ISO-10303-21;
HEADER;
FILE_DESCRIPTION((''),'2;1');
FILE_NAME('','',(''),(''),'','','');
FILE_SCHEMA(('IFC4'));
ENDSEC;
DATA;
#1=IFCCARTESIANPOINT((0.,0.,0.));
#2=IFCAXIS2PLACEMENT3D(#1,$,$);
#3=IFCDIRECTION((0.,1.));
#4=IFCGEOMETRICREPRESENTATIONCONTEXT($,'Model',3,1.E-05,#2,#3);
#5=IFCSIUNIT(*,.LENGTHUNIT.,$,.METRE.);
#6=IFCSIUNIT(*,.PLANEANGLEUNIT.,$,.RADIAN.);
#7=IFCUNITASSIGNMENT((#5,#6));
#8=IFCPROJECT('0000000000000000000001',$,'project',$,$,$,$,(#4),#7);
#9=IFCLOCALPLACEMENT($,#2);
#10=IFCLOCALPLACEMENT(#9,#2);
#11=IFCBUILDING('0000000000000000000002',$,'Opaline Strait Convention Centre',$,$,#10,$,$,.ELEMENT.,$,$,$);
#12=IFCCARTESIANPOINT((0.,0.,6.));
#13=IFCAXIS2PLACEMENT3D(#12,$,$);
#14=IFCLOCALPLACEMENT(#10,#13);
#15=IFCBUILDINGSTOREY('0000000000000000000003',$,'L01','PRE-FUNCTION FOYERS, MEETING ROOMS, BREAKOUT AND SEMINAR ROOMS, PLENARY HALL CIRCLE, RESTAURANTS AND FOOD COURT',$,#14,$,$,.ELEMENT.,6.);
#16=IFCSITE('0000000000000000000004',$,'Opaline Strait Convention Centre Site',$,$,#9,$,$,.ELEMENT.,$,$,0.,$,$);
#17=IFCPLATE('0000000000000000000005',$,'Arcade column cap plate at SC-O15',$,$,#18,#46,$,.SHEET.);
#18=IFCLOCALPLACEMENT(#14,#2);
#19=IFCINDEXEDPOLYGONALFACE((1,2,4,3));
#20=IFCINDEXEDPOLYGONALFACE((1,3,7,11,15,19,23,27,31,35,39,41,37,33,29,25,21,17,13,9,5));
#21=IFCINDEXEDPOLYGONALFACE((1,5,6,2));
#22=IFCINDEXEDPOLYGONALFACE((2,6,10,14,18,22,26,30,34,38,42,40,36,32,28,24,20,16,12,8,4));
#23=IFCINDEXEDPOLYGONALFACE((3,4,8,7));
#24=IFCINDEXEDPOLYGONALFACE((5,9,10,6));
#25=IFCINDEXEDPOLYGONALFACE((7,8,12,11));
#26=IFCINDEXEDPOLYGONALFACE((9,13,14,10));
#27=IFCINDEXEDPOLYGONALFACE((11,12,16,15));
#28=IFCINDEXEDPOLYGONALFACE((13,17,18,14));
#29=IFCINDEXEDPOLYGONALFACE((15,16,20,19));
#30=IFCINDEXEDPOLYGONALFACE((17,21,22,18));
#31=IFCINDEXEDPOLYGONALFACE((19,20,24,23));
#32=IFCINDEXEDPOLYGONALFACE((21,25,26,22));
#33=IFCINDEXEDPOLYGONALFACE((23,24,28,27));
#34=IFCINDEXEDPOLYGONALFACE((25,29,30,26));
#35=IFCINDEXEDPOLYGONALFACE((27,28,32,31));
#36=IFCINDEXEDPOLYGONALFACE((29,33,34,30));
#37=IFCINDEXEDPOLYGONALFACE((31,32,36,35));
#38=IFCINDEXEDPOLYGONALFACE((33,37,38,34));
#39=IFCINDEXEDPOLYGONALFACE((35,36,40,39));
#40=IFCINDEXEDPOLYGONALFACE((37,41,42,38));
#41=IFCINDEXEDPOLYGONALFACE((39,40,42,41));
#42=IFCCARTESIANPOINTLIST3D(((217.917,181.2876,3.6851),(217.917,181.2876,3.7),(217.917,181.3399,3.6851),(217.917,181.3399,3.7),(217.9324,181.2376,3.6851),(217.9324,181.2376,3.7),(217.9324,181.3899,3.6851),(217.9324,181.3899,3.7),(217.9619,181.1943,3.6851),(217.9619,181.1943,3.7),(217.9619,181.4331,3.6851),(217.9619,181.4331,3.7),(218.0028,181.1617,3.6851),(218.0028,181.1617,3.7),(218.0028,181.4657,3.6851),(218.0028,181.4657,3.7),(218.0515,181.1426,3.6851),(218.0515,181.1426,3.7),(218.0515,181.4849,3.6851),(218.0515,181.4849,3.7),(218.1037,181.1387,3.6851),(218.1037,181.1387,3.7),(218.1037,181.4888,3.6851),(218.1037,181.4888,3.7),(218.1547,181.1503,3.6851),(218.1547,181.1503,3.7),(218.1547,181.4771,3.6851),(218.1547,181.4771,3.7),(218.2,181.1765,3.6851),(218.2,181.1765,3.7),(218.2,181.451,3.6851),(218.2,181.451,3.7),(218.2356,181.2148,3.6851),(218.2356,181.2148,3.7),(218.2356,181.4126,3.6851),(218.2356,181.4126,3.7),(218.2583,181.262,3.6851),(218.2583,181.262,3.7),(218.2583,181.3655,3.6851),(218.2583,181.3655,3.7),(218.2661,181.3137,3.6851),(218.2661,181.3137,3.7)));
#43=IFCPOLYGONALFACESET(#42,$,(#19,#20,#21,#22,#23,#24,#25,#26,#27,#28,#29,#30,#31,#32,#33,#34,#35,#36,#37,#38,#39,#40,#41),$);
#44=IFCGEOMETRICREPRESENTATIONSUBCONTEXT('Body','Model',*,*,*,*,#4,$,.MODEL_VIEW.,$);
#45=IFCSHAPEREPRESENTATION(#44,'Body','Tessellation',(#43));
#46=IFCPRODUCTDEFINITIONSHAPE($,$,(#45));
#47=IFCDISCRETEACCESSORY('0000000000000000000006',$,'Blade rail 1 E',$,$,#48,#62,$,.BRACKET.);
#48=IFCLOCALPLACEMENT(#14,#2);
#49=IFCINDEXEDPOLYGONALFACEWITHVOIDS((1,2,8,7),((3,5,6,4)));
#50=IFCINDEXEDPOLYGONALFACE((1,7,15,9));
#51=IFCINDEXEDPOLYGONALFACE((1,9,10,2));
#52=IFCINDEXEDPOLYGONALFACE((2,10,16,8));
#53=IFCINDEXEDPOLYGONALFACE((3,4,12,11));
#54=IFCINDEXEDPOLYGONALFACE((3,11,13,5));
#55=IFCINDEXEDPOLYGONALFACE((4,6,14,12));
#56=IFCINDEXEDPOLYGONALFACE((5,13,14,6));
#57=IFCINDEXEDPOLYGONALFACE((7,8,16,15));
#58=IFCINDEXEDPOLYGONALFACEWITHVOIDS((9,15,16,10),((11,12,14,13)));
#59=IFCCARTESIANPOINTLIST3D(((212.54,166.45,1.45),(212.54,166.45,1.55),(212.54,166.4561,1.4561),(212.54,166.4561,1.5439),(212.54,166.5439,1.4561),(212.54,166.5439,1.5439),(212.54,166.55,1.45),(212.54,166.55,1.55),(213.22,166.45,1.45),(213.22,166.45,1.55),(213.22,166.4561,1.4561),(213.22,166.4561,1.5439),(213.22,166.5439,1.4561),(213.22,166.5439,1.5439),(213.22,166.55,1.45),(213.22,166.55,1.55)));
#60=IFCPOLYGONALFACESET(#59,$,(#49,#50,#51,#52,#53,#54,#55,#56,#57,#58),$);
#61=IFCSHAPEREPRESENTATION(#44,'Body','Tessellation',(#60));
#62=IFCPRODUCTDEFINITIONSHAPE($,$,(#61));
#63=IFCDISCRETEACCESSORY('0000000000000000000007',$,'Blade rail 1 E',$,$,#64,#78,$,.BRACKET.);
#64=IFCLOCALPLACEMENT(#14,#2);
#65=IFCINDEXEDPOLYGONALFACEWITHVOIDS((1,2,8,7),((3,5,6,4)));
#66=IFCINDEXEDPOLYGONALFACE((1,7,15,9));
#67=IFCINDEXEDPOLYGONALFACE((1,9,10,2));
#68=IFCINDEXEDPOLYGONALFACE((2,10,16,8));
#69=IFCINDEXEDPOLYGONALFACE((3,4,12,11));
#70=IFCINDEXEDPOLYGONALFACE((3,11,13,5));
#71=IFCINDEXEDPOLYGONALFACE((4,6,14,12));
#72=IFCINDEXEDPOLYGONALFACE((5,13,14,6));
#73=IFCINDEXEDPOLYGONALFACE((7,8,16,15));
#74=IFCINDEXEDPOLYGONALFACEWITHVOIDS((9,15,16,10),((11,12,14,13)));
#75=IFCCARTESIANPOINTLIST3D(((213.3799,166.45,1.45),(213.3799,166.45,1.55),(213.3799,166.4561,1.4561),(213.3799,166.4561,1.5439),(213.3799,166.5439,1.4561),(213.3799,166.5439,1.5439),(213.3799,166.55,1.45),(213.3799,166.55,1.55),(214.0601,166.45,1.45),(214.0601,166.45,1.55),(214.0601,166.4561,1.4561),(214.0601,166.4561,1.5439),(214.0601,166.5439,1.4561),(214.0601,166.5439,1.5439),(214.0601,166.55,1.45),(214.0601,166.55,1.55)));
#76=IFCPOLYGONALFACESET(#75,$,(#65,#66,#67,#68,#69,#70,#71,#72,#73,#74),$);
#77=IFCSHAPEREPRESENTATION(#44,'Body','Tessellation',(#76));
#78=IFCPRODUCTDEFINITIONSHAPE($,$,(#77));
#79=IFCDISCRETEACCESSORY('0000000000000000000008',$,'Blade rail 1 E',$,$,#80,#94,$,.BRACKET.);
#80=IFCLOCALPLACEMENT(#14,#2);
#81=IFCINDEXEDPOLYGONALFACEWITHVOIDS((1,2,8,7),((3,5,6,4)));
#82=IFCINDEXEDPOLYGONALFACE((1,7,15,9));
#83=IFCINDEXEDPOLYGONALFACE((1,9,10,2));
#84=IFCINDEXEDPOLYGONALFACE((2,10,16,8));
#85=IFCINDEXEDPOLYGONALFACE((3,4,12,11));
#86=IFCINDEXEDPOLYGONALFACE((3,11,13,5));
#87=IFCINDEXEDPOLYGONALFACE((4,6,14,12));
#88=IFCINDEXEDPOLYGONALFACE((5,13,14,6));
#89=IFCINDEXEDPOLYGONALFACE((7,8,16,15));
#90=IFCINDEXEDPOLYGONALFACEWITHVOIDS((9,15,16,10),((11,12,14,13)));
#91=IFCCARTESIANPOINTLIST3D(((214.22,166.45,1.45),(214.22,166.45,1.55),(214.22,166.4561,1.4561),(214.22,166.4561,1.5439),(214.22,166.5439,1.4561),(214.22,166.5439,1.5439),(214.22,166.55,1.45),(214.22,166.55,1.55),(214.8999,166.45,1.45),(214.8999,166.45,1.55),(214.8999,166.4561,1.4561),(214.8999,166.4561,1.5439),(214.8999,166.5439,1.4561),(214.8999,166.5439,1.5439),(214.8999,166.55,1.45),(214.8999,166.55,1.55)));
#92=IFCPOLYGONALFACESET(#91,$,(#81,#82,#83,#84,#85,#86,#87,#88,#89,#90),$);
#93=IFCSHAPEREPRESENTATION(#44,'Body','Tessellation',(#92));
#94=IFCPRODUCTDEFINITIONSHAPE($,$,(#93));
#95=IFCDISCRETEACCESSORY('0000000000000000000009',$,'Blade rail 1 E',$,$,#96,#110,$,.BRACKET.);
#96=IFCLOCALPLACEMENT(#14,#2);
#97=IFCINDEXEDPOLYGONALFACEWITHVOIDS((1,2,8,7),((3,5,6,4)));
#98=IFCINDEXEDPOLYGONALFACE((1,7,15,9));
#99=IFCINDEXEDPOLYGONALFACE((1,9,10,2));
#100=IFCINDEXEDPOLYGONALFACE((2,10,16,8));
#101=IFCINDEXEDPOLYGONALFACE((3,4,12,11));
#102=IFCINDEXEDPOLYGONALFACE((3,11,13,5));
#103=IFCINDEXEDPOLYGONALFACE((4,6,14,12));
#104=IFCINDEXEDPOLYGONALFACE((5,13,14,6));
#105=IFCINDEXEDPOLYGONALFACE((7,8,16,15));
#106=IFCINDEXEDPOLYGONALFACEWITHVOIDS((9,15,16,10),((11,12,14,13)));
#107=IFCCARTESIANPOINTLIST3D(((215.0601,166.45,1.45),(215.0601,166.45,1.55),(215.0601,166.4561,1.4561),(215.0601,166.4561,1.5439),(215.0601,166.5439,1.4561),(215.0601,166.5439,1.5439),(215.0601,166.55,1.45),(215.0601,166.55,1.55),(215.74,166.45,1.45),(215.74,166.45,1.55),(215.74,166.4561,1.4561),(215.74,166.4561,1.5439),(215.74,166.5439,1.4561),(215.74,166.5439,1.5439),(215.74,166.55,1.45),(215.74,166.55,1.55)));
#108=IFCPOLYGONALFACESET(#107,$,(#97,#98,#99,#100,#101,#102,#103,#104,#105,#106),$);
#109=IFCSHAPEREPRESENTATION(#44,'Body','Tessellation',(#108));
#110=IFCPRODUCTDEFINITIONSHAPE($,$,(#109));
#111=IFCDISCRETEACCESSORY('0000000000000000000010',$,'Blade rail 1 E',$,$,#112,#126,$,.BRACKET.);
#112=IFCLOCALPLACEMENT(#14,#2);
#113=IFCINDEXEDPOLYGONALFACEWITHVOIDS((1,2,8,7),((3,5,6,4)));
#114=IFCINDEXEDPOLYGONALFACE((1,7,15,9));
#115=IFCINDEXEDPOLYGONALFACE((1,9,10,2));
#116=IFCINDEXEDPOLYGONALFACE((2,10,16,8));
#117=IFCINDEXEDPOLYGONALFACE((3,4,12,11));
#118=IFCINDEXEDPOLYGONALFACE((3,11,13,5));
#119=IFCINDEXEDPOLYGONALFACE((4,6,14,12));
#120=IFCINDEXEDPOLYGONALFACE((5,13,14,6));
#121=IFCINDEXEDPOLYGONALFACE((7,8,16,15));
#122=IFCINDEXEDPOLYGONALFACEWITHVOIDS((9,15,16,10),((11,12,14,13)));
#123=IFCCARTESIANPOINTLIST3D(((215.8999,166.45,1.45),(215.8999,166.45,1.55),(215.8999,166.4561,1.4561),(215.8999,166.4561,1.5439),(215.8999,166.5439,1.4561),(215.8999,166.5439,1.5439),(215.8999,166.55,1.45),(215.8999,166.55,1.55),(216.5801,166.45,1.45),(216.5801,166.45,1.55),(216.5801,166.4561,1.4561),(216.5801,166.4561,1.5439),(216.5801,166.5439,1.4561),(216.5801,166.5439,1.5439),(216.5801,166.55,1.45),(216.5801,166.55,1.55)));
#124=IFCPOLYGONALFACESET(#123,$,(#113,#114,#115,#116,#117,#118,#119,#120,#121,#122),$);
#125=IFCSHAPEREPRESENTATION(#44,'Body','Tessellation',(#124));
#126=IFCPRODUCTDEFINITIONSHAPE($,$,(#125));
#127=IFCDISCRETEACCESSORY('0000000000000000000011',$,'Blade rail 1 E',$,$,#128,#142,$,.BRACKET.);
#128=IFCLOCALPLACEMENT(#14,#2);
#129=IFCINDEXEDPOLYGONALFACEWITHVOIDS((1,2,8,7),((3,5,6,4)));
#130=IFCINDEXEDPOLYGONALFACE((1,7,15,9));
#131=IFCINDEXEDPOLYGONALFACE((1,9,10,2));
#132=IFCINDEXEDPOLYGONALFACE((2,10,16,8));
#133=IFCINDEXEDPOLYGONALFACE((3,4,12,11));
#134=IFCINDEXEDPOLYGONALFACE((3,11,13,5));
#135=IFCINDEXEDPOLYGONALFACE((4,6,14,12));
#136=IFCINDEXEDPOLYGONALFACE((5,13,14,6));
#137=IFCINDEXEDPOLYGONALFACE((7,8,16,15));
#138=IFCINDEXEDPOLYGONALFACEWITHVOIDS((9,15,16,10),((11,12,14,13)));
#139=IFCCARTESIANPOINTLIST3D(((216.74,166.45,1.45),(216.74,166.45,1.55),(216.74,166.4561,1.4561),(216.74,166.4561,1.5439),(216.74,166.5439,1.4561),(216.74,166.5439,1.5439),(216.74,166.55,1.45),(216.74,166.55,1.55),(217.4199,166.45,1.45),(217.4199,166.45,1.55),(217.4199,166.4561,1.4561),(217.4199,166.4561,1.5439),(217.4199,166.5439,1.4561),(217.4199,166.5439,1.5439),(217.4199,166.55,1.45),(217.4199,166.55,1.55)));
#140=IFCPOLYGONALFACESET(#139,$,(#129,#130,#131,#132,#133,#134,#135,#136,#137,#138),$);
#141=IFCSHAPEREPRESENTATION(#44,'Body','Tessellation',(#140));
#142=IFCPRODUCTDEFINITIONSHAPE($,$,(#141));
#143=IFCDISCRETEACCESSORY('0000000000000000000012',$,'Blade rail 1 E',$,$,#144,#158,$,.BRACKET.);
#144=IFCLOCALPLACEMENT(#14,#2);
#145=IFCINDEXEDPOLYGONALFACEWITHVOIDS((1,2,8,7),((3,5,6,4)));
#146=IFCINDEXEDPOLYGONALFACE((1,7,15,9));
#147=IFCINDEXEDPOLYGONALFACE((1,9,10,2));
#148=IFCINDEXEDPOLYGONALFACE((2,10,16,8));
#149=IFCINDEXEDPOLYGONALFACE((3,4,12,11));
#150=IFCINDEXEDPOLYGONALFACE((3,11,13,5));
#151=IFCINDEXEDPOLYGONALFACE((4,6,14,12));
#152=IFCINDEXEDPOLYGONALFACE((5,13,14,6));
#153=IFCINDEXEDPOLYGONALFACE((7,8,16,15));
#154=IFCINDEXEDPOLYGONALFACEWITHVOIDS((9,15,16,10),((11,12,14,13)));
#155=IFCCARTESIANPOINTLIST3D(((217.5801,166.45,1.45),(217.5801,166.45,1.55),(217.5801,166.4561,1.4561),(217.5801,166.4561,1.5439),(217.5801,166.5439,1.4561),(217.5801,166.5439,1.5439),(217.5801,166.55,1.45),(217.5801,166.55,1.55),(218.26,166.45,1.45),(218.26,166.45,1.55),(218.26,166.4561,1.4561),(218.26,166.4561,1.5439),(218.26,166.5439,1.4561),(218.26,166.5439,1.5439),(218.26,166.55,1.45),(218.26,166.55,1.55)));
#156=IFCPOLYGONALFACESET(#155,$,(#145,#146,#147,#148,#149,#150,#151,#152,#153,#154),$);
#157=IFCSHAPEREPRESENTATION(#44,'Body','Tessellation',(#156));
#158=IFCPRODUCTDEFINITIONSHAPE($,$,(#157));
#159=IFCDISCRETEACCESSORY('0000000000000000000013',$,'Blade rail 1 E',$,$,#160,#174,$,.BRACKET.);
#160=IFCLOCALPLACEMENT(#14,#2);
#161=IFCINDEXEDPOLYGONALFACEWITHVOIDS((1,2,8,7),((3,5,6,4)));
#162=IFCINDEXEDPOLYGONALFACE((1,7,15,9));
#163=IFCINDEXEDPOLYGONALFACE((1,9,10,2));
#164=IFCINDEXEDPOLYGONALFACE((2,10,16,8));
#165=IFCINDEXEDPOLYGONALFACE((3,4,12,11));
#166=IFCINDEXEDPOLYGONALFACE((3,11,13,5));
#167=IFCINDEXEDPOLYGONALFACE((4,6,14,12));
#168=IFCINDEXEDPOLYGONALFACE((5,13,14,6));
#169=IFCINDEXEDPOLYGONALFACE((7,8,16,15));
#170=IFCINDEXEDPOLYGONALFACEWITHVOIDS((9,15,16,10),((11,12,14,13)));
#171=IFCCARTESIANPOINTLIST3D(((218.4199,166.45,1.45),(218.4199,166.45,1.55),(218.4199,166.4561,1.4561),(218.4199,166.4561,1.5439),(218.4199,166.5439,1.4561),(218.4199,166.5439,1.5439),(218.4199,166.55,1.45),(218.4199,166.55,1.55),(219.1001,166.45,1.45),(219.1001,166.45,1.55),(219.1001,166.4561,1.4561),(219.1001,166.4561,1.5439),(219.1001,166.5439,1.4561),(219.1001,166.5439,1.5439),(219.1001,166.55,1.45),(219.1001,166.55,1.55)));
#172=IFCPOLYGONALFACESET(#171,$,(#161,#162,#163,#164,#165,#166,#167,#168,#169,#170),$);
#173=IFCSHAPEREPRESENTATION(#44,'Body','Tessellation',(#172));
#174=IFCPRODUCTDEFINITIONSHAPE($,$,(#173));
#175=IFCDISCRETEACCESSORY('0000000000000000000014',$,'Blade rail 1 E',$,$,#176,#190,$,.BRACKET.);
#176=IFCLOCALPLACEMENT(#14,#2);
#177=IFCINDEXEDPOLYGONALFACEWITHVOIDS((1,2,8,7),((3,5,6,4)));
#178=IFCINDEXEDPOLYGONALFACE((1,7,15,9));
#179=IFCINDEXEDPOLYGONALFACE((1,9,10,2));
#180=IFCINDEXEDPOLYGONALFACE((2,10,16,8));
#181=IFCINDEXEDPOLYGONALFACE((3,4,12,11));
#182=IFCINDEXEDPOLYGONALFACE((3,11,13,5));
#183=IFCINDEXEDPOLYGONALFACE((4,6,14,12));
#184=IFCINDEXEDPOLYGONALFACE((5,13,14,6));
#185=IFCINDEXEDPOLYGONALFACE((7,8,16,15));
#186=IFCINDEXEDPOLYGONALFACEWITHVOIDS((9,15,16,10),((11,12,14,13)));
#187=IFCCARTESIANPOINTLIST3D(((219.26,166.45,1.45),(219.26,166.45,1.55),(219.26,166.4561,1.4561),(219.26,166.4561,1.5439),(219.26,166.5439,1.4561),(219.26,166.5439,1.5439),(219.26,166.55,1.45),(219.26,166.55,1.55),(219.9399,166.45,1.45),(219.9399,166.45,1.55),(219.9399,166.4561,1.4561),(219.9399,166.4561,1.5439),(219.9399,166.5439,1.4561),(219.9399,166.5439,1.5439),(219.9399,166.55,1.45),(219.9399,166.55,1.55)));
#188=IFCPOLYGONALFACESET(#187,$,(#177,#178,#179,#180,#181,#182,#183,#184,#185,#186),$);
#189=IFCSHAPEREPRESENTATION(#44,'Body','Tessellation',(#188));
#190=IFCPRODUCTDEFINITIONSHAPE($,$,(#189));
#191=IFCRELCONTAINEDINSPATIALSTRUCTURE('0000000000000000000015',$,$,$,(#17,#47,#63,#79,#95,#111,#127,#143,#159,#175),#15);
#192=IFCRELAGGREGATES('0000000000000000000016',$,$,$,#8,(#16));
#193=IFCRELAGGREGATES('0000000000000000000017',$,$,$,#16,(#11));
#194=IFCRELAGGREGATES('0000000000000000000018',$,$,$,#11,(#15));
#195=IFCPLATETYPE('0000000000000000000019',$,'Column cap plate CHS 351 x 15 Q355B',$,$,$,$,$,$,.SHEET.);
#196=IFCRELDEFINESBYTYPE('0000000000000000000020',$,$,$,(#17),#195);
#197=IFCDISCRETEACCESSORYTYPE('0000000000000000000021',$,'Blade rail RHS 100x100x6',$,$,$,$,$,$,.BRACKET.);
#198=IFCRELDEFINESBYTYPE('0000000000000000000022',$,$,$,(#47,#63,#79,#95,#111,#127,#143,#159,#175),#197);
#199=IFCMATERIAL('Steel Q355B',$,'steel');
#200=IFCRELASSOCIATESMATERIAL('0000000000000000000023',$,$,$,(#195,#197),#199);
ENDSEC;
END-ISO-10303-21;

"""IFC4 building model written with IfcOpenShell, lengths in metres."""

from ifc_helpers import new_model, si_unit, direction, frame, origin, origin_2d, place, context, subcontext, project, spatial, hollow_rectangle, circle, extrude, material, material_profile, profile_set, type_object, element, save


model = new_model("IFC4")

# Units and contexts
model_context = context("Model", 3, precision=1e-05, world=origin(), true_north=direction((0.0, 1.0)))
body_context = subcontext(model_context, "Body", "Model", "MODEL_VIEW")
ifc_project = project(units=[si_unit("LENGTHUNIT", "METRE"), si_unit("PLANEANGLEUNIT", "RADIAN")], contexts=[model_context])

# Site, building, storey
site_placement = place(None, origin())
site = spatial("IfcSite", under=ifc_project, at=site_placement, Name="Opaline Strait Convention Centre Site", CompositionType="ELEMENT", RefElevation=0.0)
building_placement = place(site_placement, origin())
building = spatial("IfcBuilding", under=site, at=building_placement, Name="Opaline Strait Convention Centre", CompositionType="ELEMENT")
storey_placement = place(building_placement, frame((0.0, 0.0, 6.0)))
storey = spatial("IfcBuildingStorey", under=building, at=storey_placement, Name="L01", Description="PRE-FUNCTION FOYERS, MEETING ROOMS, BREAKOUT AND SEMINAR ROOMS, PLENARY HALL CIRCLE, RESTAURANTS AND FOOD COURT", CompositionType="ELEMENT", Elevation=6.0)

# Shared definitions
ifc_material_1 = material(Name="Steel Q355B", Category="steel")

# Plate
ifc_material_profile_1 = material_profile(ifc_material_1, circle(Radius=0.1755, at=origin_2d()), Name="D351")
ifc_profile_set_1 = profile_set([ifc_material_profile_1], Name="Steel Q355B")
plate_type = type_object("IfcPlateType", Name="Column cap plate CHS 351 x 15 Q355B", PredefinedType="SHEET", material=ifc_profile_set_1)
for number, where, z_axis, x_axis, name in (
    (1, (218.0906, 181.3137, 3.6851), (0.0, 0.0, 1.0), (1.0, 0.0, 0.0), "Arcade column cap plate at SC-O15"),
):
    element("IfcPlate", number, at=place(storey_placement, frame(where, z_axis=z_axis, x_axis=x_axis)), inside=storey, type_object=plate_type, Name=name, PredefinedType="SHEET", context=body_context, shape_type="SweptSolid", body=[
        extrude(circle(Radius=0.1755, at=origin_2d()), origin(), (0.0, 0.0, 1.0), 0.0149),
    ])

# Discrete accessories
ifc_material_profile_2 = material_profile(ifc_material_1, hollow_rectangle(XDim=0.1001, YDim=0.1001, WallThickness=0.0061, at=origin_2d()), Name="RHS 100x100x6")
ifc_profile_set_2 = profile_set([ifc_material_profile_2], Name="Steel Q355B")
discrete_accessory_type = type_object("IfcDiscreteAccessoryType", Name="Blade rail RHS 100x100x6", PredefinedType="BRACKET", material=ifc_profile_set_2)
discrete_accessory_1_placement = place(storey_placement, frame((212.54, 166.5, 1.5), z_axis=(1.0, 0.0, 0.0), x_axis=(0.0, 1.0, 0.0)))
element("IfcDiscreteAccessory", 2, at=discrete_accessory_1_placement, inside=storey, type_object=discrete_accessory_type, Name="Blade rail 1 E", PredefinedType="BRACKET", context=body_context, shape_type="SweptSolid", body=[
    extrude(hollow_rectangle(XDim=0.1001, YDim=0.1001, WallThickness=0.0061, at=origin_2d()), origin(), (0.0, 0.0, 1.0), 0.6799),
])
discrete_accessory_2_placement = place(storey_placement, frame((213.3799, 166.5, 1.5), z_axis=(1.0, 0.0, 0.0), x_axis=(0.0, 1.0, 0.0)))
element("IfcDiscreteAccessory", 3, at=discrete_accessory_2_placement, inside=storey, type_object=discrete_accessory_type, Name="Blade rail 1 E", PredefinedType="BRACKET", context=body_context, shape_type="SweptSolid", body=[
    extrude(hollow_rectangle(XDim=0.1001, YDim=0.1001, WallThickness=0.0061, at=origin_2d()), origin(), (0.0, 0.0, 1.0), 0.6802),
])
for number, where, z_axis, x_axis, name in (
    (4, (214.22, 166.5, 1.5), (1.0, 0.0, 0.0), (0.0, 1.0, 0.0), "Blade rail 1 E"),
    (5, (215.0601, 166.5, 1.5), (1.0, 0.0, 0.0), (0.0, 1.0, 0.0), "Blade rail 1 E"),
):
    element("IfcDiscreteAccessory", number, at=place(storey_placement, frame(where, z_axis=z_axis, x_axis=x_axis)), inside=storey, type_object=discrete_accessory_type, Name=name, PredefinedType="BRACKET", context=body_context, shape_type="SweptSolid", body=[
        extrude(hollow_rectangle(XDim=0.1001, YDim=0.1001, WallThickness=0.0061, at=origin_2d()), origin(), (0.0, 0.0, 1.0), 0.6799),
    ])
discrete_accessory_3_placement = place(storey_placement, frame((215.8999, 166.5, 1.5), z_axis=(1.0, 0.0, 0.0), x_axis=(0.0, 1.0, 0.0)))
element("IfcDiscreteAccessory", 6, at=discrete_accessory_3_placement, inside=storey, type_object=discrete_accessory_type, Name="Blade rail 1 E", PredefinedType="BRACKET", context=body_context, shape_type="SweptSolid", body=[
    extrude(hollow_rectangle(XDim=0.1001, YDim=0.1001, WallThickness=0.0061, at=origin_2d()), origin(), (0.0, 0.0, 1.0), 0.6802),
])
for number, where, z_axis, x_axis, name in (
    (7, (216.74, 166.5, 1.5), (1.0, 0.0, 0.0), (0.0, 1.0, 0.0), "Blade rail 1 E"),
    (8, (217.5801, 166.5, 1.5), (1.0, 0.0, 0.0), (0.0, 1.0, 0.0), "Blade rail 1 E"),
):
    element("IfcDiscreteAccessory", number, at=place(storey_placement, frame(where, z_axis=z_axis, x_axis=x_axis)), inside=storey, type_object=discrete_accessory_type, Name=name, PredefinedType="BRACKET", context=body_context, shape_type="SweptSolid", body=[
        extrude(hollow_rectangle(XDim=0.1001, YDim=0.1001, WallThickness=0.0061, at=origin_2d()), origin(), (0.0, 0.0, 1.0), 0.6799),
    ])
discrete_accessory_4_placement = place(storey_placement, frame((218.4199, 166.5, 1.5), z_axis=(1.0, 0.0, 0.0), x_axis=(0.0, 1.0, 0.0)))
element("IfcDiscreteAccessory", 9, at=discrete_accessory_4_placement, inside=storey, type_object=discrete_accessory_type, Name="Blade rail 1 E", PredefinedType="BRACKET", context=body_context, shape_type="SweptSolid", body=[
    extrude(hollow_rectangle(XDim=0.1001, YDim=0.1001, WallThickness=0.0061, at=origin_2d()), origin(), (0.0, 0.0, 1.0), 0.6802),
])
for number, where, z_axis, x_axis, name in (
    (10, (219.26, 166.5, 1.5), (1.0, 0.0, 0.0), (0.0, 1.0, 0.0), "Blade rail 1 E"),
):
    element("IfcDiscreteAccessory", number, at=place(storey_placement, frame(where, z_axis=z_axis, x_axis=x_axis)), inside=storey, type_object=discrete_accessory_type, Name=name, PredefinedType="BRACKET", context=body_context, shape_type="SweptSolid", body=[
        extrude(hollow_rectangle(XDim=0.1001, YDim=0.1001, WallThickness=0.0061, at=origin_2d()), origin(), (0.0, 0.0, 1.0), 0.6799),
    ])

save(model, "model.ifc")
